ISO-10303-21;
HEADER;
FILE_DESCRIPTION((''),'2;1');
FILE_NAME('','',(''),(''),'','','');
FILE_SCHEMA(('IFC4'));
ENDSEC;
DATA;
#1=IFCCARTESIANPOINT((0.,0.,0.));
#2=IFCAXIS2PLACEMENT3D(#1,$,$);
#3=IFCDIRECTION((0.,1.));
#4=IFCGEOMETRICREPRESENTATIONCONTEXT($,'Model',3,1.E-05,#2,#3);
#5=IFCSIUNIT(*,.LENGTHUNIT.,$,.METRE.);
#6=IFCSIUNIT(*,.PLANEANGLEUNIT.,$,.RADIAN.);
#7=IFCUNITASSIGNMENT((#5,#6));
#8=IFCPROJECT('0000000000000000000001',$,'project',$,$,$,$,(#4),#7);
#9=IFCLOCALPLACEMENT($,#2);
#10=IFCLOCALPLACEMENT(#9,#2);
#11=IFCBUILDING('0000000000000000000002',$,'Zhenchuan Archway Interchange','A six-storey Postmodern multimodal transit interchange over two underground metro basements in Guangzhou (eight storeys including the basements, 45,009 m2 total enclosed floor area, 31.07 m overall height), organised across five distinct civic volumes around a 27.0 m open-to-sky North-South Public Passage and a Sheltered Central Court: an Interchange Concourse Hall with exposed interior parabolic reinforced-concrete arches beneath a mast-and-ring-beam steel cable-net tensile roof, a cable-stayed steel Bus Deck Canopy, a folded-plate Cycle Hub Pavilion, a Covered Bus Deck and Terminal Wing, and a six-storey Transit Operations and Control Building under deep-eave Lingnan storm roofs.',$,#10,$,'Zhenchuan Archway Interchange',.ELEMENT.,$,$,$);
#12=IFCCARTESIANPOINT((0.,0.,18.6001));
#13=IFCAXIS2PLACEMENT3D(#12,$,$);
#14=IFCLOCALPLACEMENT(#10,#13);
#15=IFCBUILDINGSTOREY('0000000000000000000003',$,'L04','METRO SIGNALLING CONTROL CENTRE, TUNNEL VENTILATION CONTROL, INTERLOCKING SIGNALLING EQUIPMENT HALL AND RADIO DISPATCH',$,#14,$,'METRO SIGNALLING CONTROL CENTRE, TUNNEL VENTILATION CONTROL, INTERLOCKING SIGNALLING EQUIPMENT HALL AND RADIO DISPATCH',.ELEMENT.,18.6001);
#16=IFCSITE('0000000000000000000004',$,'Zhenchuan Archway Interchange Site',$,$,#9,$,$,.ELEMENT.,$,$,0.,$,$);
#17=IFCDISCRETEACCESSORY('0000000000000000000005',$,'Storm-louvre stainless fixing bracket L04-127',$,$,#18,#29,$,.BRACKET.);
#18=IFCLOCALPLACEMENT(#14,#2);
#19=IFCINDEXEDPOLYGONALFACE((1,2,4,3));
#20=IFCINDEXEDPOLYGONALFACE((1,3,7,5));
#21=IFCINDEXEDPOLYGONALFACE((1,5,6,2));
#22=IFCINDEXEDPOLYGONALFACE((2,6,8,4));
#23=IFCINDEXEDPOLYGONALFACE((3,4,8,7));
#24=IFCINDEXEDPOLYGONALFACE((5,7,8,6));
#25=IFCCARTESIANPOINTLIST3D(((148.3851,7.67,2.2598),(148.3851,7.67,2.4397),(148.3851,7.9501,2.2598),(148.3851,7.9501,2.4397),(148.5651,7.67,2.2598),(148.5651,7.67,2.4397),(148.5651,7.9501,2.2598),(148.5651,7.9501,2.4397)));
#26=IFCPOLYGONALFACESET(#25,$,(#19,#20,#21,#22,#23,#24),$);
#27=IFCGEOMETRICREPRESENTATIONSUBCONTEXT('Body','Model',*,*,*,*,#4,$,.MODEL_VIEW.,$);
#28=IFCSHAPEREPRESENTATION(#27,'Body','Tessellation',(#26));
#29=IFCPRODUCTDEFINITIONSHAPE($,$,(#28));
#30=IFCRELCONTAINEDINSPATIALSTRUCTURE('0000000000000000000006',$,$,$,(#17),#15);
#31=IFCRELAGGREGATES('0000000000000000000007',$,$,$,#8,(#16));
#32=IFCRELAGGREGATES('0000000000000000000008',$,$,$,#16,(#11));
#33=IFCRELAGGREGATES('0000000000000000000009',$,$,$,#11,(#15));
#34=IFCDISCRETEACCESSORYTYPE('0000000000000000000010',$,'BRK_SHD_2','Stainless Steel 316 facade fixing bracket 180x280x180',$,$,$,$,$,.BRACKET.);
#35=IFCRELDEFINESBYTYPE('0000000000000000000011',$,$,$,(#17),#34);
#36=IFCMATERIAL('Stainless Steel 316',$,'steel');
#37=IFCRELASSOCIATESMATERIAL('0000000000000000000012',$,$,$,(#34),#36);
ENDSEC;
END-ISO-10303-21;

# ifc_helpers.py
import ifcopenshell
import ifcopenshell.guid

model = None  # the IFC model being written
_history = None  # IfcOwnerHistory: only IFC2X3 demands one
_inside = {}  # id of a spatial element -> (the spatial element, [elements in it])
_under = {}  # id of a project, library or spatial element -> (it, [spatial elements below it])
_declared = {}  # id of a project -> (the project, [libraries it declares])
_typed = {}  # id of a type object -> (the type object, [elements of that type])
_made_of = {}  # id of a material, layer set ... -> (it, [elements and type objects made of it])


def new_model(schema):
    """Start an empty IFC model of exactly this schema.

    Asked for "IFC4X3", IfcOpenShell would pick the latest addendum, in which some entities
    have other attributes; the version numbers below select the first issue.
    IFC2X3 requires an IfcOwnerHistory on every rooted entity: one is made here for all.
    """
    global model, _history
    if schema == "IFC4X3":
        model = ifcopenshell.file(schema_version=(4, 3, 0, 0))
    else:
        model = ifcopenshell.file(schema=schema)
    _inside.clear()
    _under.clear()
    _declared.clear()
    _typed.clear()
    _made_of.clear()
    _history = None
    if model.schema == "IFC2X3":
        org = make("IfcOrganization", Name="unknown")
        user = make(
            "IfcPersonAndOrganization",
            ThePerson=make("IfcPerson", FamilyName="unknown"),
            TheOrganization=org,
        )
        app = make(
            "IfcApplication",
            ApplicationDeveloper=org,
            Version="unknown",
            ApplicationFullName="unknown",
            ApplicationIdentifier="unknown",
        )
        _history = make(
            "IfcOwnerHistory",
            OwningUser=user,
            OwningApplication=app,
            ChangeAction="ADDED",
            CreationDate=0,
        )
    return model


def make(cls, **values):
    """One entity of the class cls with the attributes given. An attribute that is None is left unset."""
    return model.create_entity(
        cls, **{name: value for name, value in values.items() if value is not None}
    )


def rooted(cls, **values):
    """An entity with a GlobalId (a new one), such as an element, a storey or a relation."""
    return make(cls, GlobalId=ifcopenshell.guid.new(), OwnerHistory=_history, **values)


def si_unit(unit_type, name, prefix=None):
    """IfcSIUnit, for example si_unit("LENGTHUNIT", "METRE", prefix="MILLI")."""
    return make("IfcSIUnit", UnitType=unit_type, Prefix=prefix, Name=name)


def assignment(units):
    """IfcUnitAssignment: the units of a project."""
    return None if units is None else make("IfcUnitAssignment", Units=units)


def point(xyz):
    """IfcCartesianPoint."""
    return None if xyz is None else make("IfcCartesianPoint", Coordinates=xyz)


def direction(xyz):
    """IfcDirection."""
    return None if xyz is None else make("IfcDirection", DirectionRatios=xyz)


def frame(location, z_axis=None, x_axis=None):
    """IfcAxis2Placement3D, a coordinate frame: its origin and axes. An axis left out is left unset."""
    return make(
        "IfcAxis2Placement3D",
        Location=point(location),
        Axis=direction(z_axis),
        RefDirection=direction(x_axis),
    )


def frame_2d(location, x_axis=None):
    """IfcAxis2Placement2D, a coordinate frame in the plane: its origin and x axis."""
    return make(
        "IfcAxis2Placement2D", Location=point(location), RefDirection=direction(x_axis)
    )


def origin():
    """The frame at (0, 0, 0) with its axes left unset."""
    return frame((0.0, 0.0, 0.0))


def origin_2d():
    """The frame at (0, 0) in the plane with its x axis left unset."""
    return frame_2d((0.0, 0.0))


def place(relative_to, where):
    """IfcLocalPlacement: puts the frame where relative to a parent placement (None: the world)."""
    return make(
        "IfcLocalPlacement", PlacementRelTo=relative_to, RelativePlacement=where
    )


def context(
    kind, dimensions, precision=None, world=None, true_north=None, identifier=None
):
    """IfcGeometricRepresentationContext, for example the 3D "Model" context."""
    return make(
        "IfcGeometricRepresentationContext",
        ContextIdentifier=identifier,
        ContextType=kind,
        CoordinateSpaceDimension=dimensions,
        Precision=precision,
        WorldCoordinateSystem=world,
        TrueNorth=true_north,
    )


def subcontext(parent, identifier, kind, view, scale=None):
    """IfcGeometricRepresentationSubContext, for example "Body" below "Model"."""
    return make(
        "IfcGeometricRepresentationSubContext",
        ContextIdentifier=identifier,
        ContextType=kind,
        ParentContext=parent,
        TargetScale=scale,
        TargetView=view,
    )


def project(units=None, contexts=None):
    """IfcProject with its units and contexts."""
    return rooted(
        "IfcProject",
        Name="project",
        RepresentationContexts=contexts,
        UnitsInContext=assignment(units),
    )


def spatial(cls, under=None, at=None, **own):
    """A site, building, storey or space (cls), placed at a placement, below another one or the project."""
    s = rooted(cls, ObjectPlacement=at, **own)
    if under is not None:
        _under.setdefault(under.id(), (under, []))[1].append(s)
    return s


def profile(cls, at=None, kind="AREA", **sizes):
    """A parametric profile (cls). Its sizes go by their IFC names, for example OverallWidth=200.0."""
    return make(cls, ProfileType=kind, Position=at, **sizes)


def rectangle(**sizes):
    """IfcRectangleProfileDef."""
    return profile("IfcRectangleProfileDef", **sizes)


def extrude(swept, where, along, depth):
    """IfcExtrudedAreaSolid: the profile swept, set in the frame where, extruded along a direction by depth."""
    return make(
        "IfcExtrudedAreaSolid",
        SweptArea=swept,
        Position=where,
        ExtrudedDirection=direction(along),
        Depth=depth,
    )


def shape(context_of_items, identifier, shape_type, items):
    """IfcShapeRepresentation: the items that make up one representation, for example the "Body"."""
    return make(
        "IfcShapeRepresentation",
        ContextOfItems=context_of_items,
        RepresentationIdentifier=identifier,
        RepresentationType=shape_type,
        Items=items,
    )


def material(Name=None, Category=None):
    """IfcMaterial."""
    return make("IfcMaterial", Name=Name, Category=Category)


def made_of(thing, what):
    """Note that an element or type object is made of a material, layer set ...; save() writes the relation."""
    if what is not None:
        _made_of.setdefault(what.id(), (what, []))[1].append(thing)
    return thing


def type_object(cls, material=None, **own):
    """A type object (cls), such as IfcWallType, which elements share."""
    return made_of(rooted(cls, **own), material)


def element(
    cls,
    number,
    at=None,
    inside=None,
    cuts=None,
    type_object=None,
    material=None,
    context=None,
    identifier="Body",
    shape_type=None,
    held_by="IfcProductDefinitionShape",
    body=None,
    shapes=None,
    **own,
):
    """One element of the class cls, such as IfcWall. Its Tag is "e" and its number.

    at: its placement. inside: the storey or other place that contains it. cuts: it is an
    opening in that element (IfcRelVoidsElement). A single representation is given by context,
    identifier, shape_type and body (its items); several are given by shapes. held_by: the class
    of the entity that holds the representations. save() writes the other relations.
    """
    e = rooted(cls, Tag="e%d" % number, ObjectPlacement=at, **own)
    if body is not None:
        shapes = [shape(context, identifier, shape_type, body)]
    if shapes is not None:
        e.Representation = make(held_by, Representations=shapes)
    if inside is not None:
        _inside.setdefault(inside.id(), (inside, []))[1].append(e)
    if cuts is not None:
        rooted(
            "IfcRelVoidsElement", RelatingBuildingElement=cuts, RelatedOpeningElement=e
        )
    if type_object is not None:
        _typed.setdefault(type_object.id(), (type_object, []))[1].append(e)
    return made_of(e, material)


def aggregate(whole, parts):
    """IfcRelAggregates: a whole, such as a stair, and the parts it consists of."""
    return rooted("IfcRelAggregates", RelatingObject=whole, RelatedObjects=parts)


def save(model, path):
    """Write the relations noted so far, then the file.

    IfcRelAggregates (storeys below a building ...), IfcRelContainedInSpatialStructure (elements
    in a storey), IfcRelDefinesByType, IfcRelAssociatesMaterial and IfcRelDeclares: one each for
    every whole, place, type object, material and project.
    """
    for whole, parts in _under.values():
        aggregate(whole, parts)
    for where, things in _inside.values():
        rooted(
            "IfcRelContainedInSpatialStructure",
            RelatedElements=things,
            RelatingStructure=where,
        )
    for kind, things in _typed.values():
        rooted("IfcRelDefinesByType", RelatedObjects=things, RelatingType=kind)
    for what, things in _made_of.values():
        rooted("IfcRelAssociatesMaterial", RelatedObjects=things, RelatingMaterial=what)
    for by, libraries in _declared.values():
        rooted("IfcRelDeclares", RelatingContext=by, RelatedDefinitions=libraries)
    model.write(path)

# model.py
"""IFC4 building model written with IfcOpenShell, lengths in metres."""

from ifc_helpers import new_model, si_unit, direction, frame, origin, origin_2d, place, context, subcontext, project, spatial, rectangle, extrude, material, type_object, element, save


model = new_model("IFC4")

# Units and contexts
model_context = context("Model", 3, precision=1e-05, world=origin(), true_north=direction((0.0, 1.0)))
body_context = subcontext(model_context, "Body", "Model", "MODEL_VIEW")
ifc_project = project(units=[si_unit("LENGTHUNIT", "METRE"), si_unit("PLANEANGLEUNIT", "RADIAN")], contexts=[model_context])

# Site, building, storey
site_placement = place(None, origin())
site = spatial("IfcSite", under=ifc_project, at=site_placement, Name="Zhenchuan Archway Interchange Site", CompositionType="ELEMENT", RefElevation=0.0)
building_placement = place(site_placement, origin())
building = spatial("IfcBuilding", under=site, at=building_placement, Name="Zhenchuan Archway Interchange", Description="A six-storey Postmodern multimodal transit interchange over two underground metro basements in Guangzhou (eight storeys including the basements, 45,009 m2 total enclosed floor area, 31.07 m overall height), organised across five distinct civic volumes around a 27.0 m open-to-sky North-South Public Passage and a Sheltered Central Court: an Interchange Concourse Hall with exposed interior parabolic reinforced-concrete arches beneath a mast-and-ring-beam steel cable-net tensile roof, a cable-stayed steel Bus Deck Canopy, a folded-plate Cycle Hub Pavilion, a Covered Bus Deck and Terminal Wing, and a six-storey Transit Operations and Control Building under deep-eave Lingnan storm roofs.", LongName="Zhenchuan Archway Interchange", CompositionType="ELEMENT")
storey_placement = place(building_placement, frame((0.0, 0.0, 18.6001)))
storey = spatial("IfcBuildingStorey", under=building, at=storey_placement, Name="L04", Description="METRO SIGNALLING CONTROL CENTRE, TUNNEL VENTILATION CONTROL, INTERLOCKING SIGNALLING EQUIPMENT HALL AND RADIO DISPATCH", LongName="METRO SIGNALLING CONTROL CENTRE, TUNNEL VENTILATION CONTROL, INTERLOCKING SIGNALLING EQUIPMENT HALL AND RADIO DISPATCH", CompositionType="ELEMENT", Elevation=18.6001)

# Discrete accessory
ifc_material_1 = material(Name="Stainless Steel 316", Category="steel")
discrete_accessory_type = type_object("IfcDiscreteAccessoryType", Name="BRK_SHD_2", Description="Stainless Steel 316 facade fixing bracket 180x280x180", PredefinedType="BRACKET", material=ifc_material_1)
discrete_accessory_placement = place(storey_placement, frame((148.4751, 7.8101, 2.2598), z_axis=(0.0, 0.0, 1.0), x_axis=(-1.0, 0.0, 0.0)))
element("IfcDiscreteAccessory", 1, at=discrete_accessory_placement, inside=storey, type_object=discrete_accessory_type, Name="Storm-louvre stainless fixing bracket L04-127", PredefinedType="BRACKET", context=body_context, shape_type="SweptSolid", body=[
    extrude(rectangle(XDim=0.1799, YDim=0.28, at=origin_2d()), origin(), (0.0, 0.0, 1.0), 0.1799),
])

save(model, "model.ifc")
